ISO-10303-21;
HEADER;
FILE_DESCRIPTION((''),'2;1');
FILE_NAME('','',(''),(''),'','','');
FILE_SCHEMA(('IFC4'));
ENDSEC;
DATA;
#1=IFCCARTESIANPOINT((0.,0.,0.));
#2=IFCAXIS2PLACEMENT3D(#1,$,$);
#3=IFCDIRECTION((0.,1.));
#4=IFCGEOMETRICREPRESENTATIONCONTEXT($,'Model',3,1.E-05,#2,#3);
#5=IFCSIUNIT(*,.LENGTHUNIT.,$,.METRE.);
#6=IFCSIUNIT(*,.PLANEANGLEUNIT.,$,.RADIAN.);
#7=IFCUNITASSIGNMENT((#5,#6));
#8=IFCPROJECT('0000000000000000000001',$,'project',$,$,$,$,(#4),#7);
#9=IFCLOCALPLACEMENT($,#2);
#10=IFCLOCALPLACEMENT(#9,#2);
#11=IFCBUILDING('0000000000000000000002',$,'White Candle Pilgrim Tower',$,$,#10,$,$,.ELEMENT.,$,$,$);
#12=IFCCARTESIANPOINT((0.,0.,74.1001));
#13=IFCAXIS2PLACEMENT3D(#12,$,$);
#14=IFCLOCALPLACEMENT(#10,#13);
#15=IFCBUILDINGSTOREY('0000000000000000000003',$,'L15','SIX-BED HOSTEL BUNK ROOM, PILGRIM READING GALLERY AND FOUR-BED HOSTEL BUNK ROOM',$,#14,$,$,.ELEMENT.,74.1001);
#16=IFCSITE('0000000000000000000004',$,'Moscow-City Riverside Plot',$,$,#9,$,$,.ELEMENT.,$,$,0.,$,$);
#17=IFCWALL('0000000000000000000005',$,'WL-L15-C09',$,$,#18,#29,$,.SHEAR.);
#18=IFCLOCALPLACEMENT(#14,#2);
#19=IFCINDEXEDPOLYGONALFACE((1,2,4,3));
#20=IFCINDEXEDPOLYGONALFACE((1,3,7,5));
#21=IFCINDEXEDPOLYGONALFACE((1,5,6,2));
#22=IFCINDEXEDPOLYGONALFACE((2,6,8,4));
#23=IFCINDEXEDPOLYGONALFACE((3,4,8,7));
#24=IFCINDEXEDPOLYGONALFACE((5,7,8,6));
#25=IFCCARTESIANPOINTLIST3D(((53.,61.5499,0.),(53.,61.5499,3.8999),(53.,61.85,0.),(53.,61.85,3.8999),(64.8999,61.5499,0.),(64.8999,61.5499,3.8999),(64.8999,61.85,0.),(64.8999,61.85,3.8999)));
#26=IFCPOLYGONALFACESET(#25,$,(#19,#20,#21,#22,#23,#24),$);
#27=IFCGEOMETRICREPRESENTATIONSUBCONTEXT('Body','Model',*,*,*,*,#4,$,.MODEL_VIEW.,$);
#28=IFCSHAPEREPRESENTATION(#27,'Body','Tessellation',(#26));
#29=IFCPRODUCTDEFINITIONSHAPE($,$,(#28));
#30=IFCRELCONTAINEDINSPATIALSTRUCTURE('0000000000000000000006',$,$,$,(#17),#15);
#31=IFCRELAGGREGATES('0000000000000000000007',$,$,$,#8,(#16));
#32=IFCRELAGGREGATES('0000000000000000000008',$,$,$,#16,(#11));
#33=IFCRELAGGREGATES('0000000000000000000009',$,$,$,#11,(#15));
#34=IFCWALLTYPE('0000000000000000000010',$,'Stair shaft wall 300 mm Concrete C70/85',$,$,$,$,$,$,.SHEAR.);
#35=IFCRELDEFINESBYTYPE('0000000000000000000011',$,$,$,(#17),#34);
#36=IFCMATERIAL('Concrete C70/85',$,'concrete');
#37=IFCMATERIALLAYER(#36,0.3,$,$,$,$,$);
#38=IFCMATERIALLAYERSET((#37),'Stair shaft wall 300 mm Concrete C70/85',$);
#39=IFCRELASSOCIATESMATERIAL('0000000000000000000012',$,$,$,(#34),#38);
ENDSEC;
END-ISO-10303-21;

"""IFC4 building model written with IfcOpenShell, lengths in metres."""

from ifc_helpers import new_model, si_unit, direction, frame, frame_2d, origin, place, context, subcontext, project, spatial, rectangle, extrude, material, layer, layer_set, type_object, element, save


model = new_model("IFC4")

# Units and contexts
model_context = context("Model", 3, precision=1e-05, world=origin(), true_north=direction((0.0, 1.0)))
body_context = subcontext(model_context, "Body", "Model", "MODEL_VIEW")
ifc_project = project(units=[si_unit("LENGTHUNIT", "METRE"), si_unit("PLANEANGLEUNIT", "RADIAN")], contexts=[model_context])

# Site, building, storey
site_placement = place(None, origin())
site = spatial("IfcSite", under=ifc_project, at=site_placement, Name="Moscow-City Riverside Plot", CompositionType="ELEMENT", RefElevation=0.0)
building_placement = place(site_placement, origin())
building = spatial("IfcBuilding", under=site, at=building_placement, Name="White Candle Pilgrim Tower", CompositionType="ELEMENT")
storey_placement = place(building_placement, frame((0.0, 0.0, 74.1001)))
storey = spatial("IfcBuildingStorey", under=building, at=storey_placement, Name="L15", Description="SIX-BED HOSTEL BUNK ROOM, PILGRIM READING GALLERY AND FOUR-BED HOSTEL BUNK ROOM", CompositionType="ELEMENT", Elevation=74.1001)

# Wall
ifc_material_1 = material(Name="Concrete C70/85", Category="concrete")
ifc_layer_1 = layer(ifc_material_1, 0.3)
ifc_layer_set_1 = layer_set([ifc_layer_1], Name="Stair shaft wall 300 mm Concrete C70/85")
wall_type_1 = type_object("IfcWallType", Name="Stair shaft wall 300 mm Concrete C70/85", PredefinedType="SHEAR", material=ifc_layer_set_1)
wall_1_placement = place(storey_placement, frame((53.0, 61.7, 0.0), z_axis=(0.0, 0.0, 1.0), x_axis=(1.0, 0.0, 0.0)))
element("IfcWall", 1, at=wall_1_placement, inside=storey, type_object=wall_type_1, Name="WL-L15-C09", PredefinedType="SHEAR", context=body_context, shape_type="SweptSolid", body=[
    extrude(rectangle(XDim=11.8999, YDim=0.3, at=frame_2d((5.95, 0.0))), origin(), (0.0, 0.0, 1.0), 3.8999),
])

save(model, "model.ifc")
